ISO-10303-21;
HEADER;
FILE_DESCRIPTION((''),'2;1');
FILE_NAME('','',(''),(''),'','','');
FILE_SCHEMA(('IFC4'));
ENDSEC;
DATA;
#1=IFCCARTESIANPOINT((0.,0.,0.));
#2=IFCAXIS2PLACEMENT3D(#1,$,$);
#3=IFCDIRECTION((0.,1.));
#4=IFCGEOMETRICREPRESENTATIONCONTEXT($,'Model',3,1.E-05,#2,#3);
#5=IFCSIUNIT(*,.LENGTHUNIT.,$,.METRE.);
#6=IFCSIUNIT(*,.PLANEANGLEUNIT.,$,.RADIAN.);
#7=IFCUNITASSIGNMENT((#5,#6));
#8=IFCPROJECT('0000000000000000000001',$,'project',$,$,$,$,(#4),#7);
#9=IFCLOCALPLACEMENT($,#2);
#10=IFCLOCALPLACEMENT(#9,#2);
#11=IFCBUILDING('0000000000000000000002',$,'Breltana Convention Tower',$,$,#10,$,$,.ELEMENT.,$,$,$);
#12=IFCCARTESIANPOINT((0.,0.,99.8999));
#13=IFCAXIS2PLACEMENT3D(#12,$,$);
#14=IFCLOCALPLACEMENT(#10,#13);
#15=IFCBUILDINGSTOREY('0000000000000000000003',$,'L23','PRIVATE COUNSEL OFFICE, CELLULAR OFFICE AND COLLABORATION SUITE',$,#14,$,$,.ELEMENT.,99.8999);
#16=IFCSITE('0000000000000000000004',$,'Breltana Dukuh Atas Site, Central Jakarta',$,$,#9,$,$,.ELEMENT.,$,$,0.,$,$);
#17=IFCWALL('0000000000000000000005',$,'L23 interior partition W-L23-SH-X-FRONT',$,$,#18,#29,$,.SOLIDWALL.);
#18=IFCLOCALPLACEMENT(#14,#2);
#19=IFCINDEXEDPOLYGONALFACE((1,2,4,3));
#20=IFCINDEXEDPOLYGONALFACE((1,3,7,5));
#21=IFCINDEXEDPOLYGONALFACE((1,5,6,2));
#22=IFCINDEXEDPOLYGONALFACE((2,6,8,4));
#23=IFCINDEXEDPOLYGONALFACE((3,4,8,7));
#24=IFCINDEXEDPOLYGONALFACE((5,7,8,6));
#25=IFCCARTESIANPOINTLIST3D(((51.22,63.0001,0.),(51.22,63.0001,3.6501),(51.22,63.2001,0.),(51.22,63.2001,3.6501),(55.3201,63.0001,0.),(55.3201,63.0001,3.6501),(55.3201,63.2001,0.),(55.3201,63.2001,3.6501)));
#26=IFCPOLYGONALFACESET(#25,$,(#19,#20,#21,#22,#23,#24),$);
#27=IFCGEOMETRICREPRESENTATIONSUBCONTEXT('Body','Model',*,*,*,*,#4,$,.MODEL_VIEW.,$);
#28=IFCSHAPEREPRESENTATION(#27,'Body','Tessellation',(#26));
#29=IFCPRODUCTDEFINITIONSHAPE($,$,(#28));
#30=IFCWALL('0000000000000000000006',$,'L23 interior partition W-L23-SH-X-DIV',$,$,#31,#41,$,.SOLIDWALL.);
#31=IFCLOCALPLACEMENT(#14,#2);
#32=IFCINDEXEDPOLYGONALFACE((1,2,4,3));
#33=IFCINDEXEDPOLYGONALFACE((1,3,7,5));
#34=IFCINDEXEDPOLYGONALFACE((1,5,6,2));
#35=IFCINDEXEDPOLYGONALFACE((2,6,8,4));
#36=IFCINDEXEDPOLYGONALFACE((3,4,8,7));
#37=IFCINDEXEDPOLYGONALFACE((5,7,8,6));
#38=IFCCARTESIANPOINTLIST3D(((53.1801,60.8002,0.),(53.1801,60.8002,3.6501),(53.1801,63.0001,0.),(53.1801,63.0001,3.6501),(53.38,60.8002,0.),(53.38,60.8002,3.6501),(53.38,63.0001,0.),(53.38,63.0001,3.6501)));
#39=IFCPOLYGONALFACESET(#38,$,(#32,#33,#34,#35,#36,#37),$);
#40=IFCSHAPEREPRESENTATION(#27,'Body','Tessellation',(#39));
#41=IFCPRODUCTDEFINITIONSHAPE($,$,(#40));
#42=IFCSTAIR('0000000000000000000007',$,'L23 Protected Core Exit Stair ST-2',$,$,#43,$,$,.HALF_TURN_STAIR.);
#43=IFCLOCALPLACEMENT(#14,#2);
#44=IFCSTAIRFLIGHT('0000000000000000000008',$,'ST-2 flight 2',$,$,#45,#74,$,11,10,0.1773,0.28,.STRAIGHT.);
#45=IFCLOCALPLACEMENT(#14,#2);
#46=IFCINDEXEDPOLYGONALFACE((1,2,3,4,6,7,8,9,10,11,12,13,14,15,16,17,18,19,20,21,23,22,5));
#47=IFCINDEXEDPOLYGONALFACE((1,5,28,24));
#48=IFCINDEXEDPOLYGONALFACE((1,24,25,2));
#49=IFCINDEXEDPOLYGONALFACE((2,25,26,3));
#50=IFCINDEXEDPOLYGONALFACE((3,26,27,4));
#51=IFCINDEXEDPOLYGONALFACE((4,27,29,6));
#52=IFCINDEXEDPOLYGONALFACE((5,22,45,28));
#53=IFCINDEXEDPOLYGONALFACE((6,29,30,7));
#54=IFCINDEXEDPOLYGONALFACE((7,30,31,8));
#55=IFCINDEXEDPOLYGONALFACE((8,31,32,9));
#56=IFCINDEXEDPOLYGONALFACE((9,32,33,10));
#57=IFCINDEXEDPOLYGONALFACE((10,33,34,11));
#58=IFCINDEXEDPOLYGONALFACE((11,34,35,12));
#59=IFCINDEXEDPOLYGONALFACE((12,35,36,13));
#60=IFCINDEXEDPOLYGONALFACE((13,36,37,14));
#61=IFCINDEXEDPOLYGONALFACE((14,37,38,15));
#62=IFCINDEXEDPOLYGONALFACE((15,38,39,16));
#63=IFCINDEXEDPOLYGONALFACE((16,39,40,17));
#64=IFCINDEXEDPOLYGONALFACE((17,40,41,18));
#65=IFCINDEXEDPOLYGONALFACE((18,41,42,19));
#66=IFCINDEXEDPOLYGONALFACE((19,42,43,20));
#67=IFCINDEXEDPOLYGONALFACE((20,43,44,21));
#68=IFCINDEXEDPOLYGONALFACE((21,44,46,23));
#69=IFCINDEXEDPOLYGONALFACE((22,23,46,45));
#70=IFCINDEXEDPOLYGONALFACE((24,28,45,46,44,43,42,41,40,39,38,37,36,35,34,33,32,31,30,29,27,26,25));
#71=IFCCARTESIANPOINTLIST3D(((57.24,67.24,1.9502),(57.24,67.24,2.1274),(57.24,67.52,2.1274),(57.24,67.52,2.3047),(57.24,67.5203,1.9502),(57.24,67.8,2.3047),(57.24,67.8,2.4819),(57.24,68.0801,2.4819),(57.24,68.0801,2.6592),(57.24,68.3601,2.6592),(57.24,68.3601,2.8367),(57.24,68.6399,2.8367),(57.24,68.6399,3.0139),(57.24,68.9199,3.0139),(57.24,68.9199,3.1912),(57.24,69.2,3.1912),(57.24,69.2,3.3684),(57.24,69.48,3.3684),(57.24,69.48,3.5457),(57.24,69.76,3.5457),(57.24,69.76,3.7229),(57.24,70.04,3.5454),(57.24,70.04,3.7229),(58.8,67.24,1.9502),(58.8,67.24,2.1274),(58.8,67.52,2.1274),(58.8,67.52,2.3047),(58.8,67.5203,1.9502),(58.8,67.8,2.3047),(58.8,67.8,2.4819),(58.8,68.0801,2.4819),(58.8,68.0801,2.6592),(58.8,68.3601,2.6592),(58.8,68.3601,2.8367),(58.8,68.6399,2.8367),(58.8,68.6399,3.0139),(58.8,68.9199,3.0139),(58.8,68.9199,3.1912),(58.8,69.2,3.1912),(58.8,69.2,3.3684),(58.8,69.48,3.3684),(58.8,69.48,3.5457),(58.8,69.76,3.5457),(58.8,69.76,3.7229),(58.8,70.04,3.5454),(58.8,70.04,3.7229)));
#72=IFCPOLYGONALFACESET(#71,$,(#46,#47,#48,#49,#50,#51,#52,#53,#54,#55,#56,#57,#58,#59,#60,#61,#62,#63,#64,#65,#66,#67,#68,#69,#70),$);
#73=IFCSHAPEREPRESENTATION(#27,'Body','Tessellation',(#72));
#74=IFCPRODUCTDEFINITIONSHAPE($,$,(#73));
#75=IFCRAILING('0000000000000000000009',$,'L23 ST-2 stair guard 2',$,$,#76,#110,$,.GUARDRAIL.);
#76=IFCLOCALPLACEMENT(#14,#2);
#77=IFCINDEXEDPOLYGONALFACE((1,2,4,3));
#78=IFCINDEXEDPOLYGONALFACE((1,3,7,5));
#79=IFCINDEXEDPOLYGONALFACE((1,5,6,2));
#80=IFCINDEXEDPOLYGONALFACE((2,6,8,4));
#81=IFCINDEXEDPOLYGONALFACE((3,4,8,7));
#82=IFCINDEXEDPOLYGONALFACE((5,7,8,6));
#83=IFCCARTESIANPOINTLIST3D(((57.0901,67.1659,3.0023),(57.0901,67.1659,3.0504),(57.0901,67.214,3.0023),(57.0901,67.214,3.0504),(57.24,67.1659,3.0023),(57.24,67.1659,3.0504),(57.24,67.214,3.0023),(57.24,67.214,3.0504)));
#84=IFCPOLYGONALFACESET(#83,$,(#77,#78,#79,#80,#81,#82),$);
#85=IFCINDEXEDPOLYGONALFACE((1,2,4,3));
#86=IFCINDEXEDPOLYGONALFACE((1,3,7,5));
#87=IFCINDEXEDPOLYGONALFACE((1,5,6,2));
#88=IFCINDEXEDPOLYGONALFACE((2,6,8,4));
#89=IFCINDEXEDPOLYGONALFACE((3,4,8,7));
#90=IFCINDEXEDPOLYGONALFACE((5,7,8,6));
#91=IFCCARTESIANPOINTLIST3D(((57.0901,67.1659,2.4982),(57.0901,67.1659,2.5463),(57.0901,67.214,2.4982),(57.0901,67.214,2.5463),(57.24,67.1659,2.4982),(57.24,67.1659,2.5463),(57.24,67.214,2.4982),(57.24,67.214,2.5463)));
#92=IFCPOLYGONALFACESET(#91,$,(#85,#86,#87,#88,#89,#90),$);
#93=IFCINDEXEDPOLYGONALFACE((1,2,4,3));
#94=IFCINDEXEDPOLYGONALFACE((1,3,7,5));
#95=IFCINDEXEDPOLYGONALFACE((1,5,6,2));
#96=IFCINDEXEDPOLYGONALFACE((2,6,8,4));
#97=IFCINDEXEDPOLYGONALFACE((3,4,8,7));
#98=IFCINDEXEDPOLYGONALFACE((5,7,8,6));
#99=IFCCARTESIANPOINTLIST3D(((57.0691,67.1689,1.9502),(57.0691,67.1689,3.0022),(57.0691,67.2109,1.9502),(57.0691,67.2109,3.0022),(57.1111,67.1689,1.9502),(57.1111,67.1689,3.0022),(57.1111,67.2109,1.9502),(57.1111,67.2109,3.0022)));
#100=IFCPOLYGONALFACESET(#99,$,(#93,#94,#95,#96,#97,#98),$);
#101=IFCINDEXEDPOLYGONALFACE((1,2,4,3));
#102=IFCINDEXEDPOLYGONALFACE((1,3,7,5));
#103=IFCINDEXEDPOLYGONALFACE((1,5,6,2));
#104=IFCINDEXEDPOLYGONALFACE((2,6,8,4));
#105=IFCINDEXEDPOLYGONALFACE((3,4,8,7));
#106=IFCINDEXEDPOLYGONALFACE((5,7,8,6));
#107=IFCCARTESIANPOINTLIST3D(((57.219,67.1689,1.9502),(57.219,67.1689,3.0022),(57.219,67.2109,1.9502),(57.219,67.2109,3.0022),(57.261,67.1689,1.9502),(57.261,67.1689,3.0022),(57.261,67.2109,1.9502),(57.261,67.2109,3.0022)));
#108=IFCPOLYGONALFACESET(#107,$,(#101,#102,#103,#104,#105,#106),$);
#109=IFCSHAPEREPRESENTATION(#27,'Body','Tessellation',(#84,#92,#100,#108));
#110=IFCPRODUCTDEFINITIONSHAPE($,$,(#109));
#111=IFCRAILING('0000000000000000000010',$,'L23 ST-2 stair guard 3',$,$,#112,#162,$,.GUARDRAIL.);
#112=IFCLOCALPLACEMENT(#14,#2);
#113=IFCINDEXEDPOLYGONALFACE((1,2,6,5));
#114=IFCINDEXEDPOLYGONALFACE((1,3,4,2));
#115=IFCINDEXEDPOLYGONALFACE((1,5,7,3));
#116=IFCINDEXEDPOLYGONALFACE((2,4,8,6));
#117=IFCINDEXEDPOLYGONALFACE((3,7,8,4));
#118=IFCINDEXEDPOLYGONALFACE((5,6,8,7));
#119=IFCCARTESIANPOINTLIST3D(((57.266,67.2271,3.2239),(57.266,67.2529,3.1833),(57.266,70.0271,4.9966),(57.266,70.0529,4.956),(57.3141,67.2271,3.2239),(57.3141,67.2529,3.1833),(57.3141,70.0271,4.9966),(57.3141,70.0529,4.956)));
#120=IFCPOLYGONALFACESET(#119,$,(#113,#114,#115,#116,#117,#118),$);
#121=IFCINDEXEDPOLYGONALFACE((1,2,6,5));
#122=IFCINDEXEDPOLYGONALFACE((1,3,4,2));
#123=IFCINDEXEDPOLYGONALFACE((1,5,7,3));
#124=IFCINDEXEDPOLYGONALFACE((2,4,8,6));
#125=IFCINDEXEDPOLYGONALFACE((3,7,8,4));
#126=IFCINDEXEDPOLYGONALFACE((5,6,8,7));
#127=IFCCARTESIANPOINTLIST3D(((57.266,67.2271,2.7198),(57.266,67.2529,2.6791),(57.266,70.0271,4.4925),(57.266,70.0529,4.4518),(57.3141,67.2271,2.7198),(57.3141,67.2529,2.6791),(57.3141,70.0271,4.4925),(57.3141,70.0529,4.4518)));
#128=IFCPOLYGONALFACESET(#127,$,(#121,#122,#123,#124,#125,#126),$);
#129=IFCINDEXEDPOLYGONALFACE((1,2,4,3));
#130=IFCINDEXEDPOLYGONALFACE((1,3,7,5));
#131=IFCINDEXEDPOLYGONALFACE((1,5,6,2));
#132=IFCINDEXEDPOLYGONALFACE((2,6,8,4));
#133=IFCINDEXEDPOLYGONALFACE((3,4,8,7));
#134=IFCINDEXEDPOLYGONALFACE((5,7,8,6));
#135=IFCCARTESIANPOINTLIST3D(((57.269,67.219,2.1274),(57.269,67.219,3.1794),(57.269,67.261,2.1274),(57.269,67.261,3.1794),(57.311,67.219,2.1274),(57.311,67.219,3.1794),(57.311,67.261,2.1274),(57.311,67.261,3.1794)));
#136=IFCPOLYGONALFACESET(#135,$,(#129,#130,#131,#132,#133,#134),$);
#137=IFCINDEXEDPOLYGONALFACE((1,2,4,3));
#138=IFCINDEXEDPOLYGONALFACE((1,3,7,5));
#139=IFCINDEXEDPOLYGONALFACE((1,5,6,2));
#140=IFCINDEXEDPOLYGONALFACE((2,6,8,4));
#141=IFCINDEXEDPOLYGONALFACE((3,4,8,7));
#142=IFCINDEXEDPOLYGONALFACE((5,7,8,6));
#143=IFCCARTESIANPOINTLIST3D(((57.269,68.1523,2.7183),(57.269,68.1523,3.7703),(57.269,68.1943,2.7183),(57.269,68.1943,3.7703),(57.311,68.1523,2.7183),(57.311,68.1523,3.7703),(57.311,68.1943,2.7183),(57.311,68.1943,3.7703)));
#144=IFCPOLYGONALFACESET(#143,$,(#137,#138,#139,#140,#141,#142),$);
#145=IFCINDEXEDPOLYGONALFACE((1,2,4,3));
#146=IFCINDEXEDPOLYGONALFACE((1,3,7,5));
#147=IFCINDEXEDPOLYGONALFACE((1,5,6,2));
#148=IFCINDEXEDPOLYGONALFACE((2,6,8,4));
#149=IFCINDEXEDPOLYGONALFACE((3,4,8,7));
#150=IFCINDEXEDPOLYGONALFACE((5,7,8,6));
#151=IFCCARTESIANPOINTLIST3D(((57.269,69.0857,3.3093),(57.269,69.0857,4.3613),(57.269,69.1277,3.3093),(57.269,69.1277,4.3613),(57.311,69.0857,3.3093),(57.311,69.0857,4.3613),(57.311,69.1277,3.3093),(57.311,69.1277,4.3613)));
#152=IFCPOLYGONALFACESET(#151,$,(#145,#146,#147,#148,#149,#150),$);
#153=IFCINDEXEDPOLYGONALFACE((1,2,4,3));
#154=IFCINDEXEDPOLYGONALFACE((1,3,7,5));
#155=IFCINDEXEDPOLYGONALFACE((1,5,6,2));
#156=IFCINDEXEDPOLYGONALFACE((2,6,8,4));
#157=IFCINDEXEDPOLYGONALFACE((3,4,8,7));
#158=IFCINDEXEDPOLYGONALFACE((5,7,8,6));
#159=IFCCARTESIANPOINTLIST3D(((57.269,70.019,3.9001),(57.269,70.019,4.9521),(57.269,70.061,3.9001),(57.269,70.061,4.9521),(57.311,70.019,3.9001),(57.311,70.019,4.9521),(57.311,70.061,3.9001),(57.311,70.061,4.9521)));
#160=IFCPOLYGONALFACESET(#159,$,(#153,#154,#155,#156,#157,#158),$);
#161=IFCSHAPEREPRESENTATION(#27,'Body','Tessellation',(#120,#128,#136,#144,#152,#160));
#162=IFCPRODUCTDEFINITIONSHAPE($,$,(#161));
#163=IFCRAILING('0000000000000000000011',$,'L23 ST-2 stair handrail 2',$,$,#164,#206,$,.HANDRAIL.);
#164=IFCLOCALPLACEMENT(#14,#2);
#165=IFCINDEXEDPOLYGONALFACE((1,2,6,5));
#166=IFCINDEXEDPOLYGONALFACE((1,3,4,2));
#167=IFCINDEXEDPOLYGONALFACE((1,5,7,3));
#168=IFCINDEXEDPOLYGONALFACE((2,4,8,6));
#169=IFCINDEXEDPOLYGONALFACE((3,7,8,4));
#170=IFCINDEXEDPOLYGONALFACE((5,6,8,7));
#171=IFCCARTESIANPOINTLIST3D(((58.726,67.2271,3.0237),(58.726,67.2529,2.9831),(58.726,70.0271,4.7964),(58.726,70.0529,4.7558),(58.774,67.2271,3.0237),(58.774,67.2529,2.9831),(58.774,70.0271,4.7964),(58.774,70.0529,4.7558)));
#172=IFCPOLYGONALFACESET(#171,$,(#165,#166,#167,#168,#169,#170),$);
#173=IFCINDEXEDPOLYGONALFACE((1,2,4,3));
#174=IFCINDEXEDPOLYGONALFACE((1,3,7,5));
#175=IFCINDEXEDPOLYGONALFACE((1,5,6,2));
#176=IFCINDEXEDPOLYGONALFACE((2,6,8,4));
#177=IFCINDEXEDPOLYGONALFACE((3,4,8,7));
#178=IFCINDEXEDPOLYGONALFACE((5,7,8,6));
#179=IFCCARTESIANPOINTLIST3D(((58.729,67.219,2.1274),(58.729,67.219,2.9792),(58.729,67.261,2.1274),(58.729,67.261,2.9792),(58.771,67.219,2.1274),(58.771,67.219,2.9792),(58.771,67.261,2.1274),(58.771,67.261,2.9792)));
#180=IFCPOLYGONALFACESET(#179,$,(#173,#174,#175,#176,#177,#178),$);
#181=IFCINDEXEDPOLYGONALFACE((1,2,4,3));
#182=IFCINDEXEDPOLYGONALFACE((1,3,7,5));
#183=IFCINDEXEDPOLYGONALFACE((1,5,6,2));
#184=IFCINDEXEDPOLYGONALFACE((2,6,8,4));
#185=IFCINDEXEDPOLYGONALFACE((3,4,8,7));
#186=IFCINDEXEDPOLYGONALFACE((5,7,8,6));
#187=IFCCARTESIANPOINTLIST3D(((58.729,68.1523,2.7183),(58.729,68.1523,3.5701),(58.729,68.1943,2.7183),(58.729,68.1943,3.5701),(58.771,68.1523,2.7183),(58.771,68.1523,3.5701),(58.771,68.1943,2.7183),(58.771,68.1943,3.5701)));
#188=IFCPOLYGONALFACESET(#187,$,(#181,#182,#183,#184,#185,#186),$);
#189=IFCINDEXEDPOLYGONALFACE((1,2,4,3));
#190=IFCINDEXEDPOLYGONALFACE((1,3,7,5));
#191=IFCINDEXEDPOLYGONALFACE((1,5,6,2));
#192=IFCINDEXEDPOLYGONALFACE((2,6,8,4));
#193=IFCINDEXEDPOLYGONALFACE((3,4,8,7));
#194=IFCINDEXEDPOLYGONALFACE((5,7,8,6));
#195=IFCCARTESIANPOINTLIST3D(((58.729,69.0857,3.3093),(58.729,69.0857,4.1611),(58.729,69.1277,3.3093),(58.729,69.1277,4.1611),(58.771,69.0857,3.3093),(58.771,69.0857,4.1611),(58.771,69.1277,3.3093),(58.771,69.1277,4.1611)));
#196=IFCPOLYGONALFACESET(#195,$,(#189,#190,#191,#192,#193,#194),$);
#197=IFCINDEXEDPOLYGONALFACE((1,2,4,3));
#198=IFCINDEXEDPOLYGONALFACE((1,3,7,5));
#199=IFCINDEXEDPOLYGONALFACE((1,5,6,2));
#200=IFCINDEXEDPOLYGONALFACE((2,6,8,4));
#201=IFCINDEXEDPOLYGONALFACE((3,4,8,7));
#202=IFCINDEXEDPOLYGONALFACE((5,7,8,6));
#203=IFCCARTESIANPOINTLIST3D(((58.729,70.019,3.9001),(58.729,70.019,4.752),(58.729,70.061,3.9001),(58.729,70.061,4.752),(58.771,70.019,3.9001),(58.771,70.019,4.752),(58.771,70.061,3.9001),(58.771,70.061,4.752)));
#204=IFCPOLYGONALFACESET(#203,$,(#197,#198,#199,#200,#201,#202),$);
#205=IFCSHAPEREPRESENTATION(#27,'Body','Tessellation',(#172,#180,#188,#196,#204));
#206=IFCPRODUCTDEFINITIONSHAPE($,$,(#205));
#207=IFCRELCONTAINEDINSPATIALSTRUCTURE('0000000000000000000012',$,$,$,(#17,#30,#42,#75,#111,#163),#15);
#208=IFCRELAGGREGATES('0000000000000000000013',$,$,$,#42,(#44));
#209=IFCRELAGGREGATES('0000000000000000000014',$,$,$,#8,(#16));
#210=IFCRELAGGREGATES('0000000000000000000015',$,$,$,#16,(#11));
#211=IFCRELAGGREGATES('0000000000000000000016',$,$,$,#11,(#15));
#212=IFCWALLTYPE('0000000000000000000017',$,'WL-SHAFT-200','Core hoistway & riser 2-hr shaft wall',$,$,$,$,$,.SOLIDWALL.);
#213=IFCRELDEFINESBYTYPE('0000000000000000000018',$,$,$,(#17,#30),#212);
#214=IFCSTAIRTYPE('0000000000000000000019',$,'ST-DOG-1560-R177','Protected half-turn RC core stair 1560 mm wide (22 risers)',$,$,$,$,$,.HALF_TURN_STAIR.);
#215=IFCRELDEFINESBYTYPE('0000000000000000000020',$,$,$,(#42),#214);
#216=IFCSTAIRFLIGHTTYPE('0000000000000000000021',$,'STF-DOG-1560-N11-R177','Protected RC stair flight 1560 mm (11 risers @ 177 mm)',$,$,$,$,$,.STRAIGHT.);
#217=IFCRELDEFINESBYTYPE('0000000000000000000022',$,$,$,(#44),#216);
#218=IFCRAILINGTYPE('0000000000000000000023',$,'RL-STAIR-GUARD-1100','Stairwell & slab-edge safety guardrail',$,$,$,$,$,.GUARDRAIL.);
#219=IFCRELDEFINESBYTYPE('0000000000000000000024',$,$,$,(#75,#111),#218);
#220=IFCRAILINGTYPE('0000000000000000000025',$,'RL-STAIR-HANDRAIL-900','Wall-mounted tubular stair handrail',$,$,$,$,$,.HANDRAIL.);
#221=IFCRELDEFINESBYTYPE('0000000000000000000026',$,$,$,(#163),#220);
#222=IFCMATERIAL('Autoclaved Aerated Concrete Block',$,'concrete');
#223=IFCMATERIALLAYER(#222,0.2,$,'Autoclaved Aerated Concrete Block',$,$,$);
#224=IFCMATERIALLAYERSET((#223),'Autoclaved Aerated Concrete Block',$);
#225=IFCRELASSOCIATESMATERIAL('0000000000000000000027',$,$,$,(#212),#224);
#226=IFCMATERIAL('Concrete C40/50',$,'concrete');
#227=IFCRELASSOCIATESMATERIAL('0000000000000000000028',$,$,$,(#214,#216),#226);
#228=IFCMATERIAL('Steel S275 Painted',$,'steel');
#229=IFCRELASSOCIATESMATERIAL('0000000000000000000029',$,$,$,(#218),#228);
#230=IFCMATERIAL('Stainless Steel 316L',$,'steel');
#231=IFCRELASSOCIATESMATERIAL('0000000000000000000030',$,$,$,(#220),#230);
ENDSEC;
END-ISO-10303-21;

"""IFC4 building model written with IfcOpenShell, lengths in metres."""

from ifc_helpers import new_model, si_unit, direction, frame, frame_2d, origin, origin_2d, place, context, subcontext, project, spatial, polyline, rectangle, outline, extrude, source, transform, mapped, material, layer, layer_set, type_object, element, aggregate, save


model = new_model("IFC4")

# Units and contexts
model_context = context("Model", 3, precision=1e-05, world=origin(), true_north=direction((0.0, 1.0)))
body_context = subcontext(model_context, "Body", "Model", "MODEL_VIEW")
ifc_project = project(units=[si_unit("LENGTHUNIT", "METRE"), si_unit("PLANEANGLEUNIT", "RADIAN")], contexts=[model_context])

# Site, building, storey
site_placement = place(None, origin())
site = spatial("IfcSite", under=ifc_project, at=site_placement, Name="Breltana Dukuh Atas Site, Central Jakarta", CompositionType="ELEMENT", RefElevation=0.0)
building_placement = place(site_placement, origin())
building = spatial("IfcBuilding", under=site, at=building_placement, Name="Breltana Convention Tower", CompositionType="ELEMENT")
storey_placement = place(building_placement, frame((0.0, 0.0, 99.8999)))
storey = spatial("IfcBuildingStorey", under=building, at=storey_placement, Name="L23", Description="PRIVATE COUNSEL OFFICE, CELLULAR OFFICE AND COLLABORATION SUITE", CompositionType="ELEMENT", Elevation=99.8999)

# Shared definitions
ifc_material_1 = material(Name="Autoclaved Aerated Concrete Block", Category="concrete")
ifc_layer_1 = layer(ifc_material_1, 0.2, Name="Autoclaved Aerated Concrete Block")
ifc_layer_set_1 = layer_set([ifc_layer_1], Name="Autoclaved Aerated Concrete Block")
wall_type_1 = type_object("IfcWallType", Name="WL-SHAFT-200", Description="Core hoistway & riser 2-hr shaft wall", PredefinedType="SOLIDWALL", material=ifc_layer_set_1)

# Walls
shared_shape_1 = source(origin(), body_context, "Body", "SweptSolid", [
    extrude(rectangle(XDim=4.1001, YDim=0.2, at=frame_2d((2.05, 0.0))), origin(), (0.0, 0.0, 1.0), 3.6501),
])
wall_1_placement = place(storey_placement, frame((51.22, 63.1001, 0.0), z_axis=(0.0, 0.0, 1.0), x_axis=(1.0, 0.0, 0.0)))
element("IfcWall", 1, at=wall_1_placement, inside=storey, type_object=wall_type_1, Name="L23 interior partition W-L23-SH-X-FRONT", PredefinedType="SOLIDWALL", context=body_context, shape_type="MappedRepresentation", body=[
    mapped(shared_shape_1, transform((0.0, 0.0, 0.0), scale=1.0)),
])
shared_shape_2 = source(origin(), body_context, "Body", "SweptSolid", [
    extrude(rectangle(XDim=2.2, YDim=0.2, at=frame_2d((1.1001, 0.0))), origin(), (0.0, 0.0, 1.0), 3.6501),
])
wall_2_placement = place(storey_placement, frame((53.28, 60.8, 0.0), z_axis=(0.0, 0.0, 1.0), x_axis=(0.0, 1.0, 0.0)))
element("IfcWall", 2, at=wall_2_placement, inside=storey, type_object=wall_type_1, Name="L23 interior partition W-L23-SH-X-DIV", PredefinedType="SOLIDWALL", context=body_context, shape_type="MappedRepresentation", body=[
    mapped(shared_shape_2, transform((0.0, 0.0, 0.0), scale=1.0)),
])

# Stair, stair flight
ifc_material_2 = material(Name="Concrete C40/50", Category="concrete")
stair_type = type_object("IfcStairType", Name="ST-DOG-1560-R177", Description="Protected half-turn RC core stair 1560 mm wide (22 risers)", PredefinedType="HALF_TURN_STAIR", material=ifc_material_2)
stair_placement = place(storey_placement, origin())
stair = element("IfcStair", 3, at=stair_placement, inside=storey, type_object=stair_type, Name="L23 Protected Core Exit Stair ST-2", PredefinedType="HALF_TURN_STAIR")
stair_flight_type = type_object("IfcStairFlightType", Name="STF-DOG-1560-N11-R177", Description="Protected RC stair flight 1560 mm (11 risers @ 177 mm)", PredefinedType="STRAIGHT", material=ifc_material_2)
stair_flight_placement = place(storey_placement, frame((58.02, 67.24, 1.9502), z_axis=(0.0, 0.0, 1.0), x_axis=(0.0, 1.0, 0.0)))
stair_flight = element("IfcStairFlight", 4, at=stair_flight_placement, type_object=stair_flight_type, Name="ST-2 flight 2", NumberOfRisers=11, NumberOfTreads=10, PredefinedType="STRAIGHT", RiserHeight=0.1773, TreadLength=0.28, context=body_context, shape_type="SweptSolid", body=[
    extrude(outline(polyline([(0.0, 0.0), (0.0, 0.1772), (0.28, 0.1772), (0.28, 0.3545), (0.5601, 0.3545), (0.5601, 0.5317), (0.8401, 0.5317), (0.8401, 0.709), (1.1201, 0.709), (1.1201, 0.8865), (1.3999, 0.8865), (1.3999, 1.0637), (1.6799, 1.0637), (1.6799, 1.241), (1.96, 1.241), (1.96, 1.4182), (2.24, 1.4182), (2.24, 1.5955), (2.52, 1.5955), (2.52, 1.7727), (2.8, 1.7727), (2.8, 1.95), (2.8, 1.5952), (0.2803, 0.0), (0.0, 0.0)])), frame((0.0, 0.78, 0.0), z_axis=(0.0, -1.0, 0.0), x_axis=(1.0, 0.0, 0.0)), (0.0, 0.0, 1.0), 1.5601),
])
aggregate(stair, [stair_flight])

# Railings
ifc_material_3 = material(Name="Steel S275 Painted", Category="steel")
railing_type_1 = type_object("IfcRailingType", Name="RL-STAIR-GUARD-1100", Description="Stairwell & slab-edge safety guardrail", PredefinedType="GUARDRAIL", material=ifc_material_3)
railing_1_placement = place(storey_placement, frame((57.0901, 67.1899, 1.9502)))
element("IfcRailing", 5, at=railing_1_placement, inside=storey, type_object=railing_type_1, Name="L23 ST-2 stair guard 2", PredefinedType="GUARDRAIL", context=body_context, shape_type="SweptSolid", body=[
    extrude(rectangle(XDim=0.0481, YDim=0.0481, at=origin_2d()), frame((0.0, 0.0, 1.0762), z_axis=(1.0, 0.0, 0.0), x_axis=(0.0, 1.0, 0.0)), (0.0, 0.0, 1.0), 0.1499),
    extrude(rectangle(XDim=0.0481, YDim=0.0481, at=origin_2d()), frame((0.0, 0.0, 0.572), z_axis=(1.0, 0.0, 0.0), x_axis=(0.0, 1.0, 0.0)), (0.0, 0.0, 1.0), 0.1499),
    extrude(rectangle(XDim=0.042, YDim=0.042, at=origin_2d()), origin(), (0.0, 0.0, 1.0), 1.052),
    extrude(rectangle(XDim=0.042, YDim=0.042, at=origin_2d()), frame((0.1499, 0.0, 0.0)), (0.0, 0.0, 1.0), 1.052),
])
railing_2_placement = place(storey_placement, frame((57.29, 67.24, 2.1274)))
element("IfcRailing", 6, at=railing_2_placement, inside=storey, type_object=railing_type_1, Name="L23 ST-2 stair guard 3", PredefinedType="GUARDRAIL", context=body_context, shape_type="SweptSolid", body=[
    extrude(rectangle(XDim=0.0481, YDim=0.0481, at=origin_2d()), frame((0.0, 0.0, 1.0762), z_axis=(0.0, 0.844909, 0.53491), x_axis=(-1.0, 0.0, 0.0)), (0.0, 0.0, 1.0), 3.314),
    extrude(rectangle(XDim=0.0481, YDim=0.0481, at=origin_2d()), frame((0.0, 0.0, 0.572), z_axis=(0.0, 0.844909, 0.53491), x_axis=(-1.0, 0.0, 0.0)), (0.0, 0.0, 1.0), 3.314),
    extrude(rectangle(XDim=0.042, YDim=0.042, at=origin_2d()), origin(), (0.0, 0.0, 1.0), 1.052),
    extrude(rectangle(XDim=0.042, YDim=0.042, at=origin_2d()), frame((0.0, 0.9333, 0.5908)), (0.0, 0.0, 1.0), 1.052),
    extrude(rectangle(XDim=0.042, YDim=0.042, at=origin_2d()), frame((0.0, 1.8667, 1.1819)), (0.0, 0.0, 1.0), 1.052),
    extrude(rectangle(XDim=0.042, YDim=0.042, at=origin_2d()), frame((0.0, 2.8, 1.7727)), (0.0, 0.0, 1.0), 1.052),
])
ifc_material_4 = material(Name="Stainless Steel 316L", Category="steel")
railing_type_2 = type_object("IfcRailingType", Name="RL-STAIR-HANDRAIL-900", Description="Wall-mounted tubular stair handrail", PredefinedType="HANDRAIL", material=ifc_material_4)
railing_3_placement = place(storey_placement, frame((58.75, 67.24, 2.1274)))
element("IfcRailing", 7, at=railing_3_placement, inside=storey, type_object=railing_type_2, Name="L23 ST-2 stair handrail 2", PredefinedType="HANDRAIL", context=body_context, shape_type="SweptSolid", body=[
    extrude(rectangle(XDim=0.0481, YDim=0.0481, at=origin_2d()), frame((0.0, 0.0, 0.876), z_axis=(0.0, 0.844909, 0.53491), x_axis=(-1.0, 0.0, 0.0)), (0.0, 0.0, 1.0), 3.314),
    extrude(rectangle(XDim=0.042, YDim=0.042, at=origin_2d()), origin(), (0.0, 0.0, 1.0), 0.8518),
    extrude(rectangle(XDim=0.042, YDim=0.042, at=origin_2d()), frame((0.0, 0.9333, 0.5908)), (0.0, 0.0, 1.0), 0.8518),
    extrude(rectangle(XDim=0.042, YDim=0.042, at=origin_2d()), frame((0.0, 1.8667, 1.1819)), (0.0, 0.0, 1.0), 0.8518),
    extrude(rectangle(XDim=0.042, YDim=0.042, at=origin_2d()), frame((0.0, 2.8, 1.7727)), (0.0, 0.0, 1.0), 0.8518),
])

save(model, "model.ifc")
